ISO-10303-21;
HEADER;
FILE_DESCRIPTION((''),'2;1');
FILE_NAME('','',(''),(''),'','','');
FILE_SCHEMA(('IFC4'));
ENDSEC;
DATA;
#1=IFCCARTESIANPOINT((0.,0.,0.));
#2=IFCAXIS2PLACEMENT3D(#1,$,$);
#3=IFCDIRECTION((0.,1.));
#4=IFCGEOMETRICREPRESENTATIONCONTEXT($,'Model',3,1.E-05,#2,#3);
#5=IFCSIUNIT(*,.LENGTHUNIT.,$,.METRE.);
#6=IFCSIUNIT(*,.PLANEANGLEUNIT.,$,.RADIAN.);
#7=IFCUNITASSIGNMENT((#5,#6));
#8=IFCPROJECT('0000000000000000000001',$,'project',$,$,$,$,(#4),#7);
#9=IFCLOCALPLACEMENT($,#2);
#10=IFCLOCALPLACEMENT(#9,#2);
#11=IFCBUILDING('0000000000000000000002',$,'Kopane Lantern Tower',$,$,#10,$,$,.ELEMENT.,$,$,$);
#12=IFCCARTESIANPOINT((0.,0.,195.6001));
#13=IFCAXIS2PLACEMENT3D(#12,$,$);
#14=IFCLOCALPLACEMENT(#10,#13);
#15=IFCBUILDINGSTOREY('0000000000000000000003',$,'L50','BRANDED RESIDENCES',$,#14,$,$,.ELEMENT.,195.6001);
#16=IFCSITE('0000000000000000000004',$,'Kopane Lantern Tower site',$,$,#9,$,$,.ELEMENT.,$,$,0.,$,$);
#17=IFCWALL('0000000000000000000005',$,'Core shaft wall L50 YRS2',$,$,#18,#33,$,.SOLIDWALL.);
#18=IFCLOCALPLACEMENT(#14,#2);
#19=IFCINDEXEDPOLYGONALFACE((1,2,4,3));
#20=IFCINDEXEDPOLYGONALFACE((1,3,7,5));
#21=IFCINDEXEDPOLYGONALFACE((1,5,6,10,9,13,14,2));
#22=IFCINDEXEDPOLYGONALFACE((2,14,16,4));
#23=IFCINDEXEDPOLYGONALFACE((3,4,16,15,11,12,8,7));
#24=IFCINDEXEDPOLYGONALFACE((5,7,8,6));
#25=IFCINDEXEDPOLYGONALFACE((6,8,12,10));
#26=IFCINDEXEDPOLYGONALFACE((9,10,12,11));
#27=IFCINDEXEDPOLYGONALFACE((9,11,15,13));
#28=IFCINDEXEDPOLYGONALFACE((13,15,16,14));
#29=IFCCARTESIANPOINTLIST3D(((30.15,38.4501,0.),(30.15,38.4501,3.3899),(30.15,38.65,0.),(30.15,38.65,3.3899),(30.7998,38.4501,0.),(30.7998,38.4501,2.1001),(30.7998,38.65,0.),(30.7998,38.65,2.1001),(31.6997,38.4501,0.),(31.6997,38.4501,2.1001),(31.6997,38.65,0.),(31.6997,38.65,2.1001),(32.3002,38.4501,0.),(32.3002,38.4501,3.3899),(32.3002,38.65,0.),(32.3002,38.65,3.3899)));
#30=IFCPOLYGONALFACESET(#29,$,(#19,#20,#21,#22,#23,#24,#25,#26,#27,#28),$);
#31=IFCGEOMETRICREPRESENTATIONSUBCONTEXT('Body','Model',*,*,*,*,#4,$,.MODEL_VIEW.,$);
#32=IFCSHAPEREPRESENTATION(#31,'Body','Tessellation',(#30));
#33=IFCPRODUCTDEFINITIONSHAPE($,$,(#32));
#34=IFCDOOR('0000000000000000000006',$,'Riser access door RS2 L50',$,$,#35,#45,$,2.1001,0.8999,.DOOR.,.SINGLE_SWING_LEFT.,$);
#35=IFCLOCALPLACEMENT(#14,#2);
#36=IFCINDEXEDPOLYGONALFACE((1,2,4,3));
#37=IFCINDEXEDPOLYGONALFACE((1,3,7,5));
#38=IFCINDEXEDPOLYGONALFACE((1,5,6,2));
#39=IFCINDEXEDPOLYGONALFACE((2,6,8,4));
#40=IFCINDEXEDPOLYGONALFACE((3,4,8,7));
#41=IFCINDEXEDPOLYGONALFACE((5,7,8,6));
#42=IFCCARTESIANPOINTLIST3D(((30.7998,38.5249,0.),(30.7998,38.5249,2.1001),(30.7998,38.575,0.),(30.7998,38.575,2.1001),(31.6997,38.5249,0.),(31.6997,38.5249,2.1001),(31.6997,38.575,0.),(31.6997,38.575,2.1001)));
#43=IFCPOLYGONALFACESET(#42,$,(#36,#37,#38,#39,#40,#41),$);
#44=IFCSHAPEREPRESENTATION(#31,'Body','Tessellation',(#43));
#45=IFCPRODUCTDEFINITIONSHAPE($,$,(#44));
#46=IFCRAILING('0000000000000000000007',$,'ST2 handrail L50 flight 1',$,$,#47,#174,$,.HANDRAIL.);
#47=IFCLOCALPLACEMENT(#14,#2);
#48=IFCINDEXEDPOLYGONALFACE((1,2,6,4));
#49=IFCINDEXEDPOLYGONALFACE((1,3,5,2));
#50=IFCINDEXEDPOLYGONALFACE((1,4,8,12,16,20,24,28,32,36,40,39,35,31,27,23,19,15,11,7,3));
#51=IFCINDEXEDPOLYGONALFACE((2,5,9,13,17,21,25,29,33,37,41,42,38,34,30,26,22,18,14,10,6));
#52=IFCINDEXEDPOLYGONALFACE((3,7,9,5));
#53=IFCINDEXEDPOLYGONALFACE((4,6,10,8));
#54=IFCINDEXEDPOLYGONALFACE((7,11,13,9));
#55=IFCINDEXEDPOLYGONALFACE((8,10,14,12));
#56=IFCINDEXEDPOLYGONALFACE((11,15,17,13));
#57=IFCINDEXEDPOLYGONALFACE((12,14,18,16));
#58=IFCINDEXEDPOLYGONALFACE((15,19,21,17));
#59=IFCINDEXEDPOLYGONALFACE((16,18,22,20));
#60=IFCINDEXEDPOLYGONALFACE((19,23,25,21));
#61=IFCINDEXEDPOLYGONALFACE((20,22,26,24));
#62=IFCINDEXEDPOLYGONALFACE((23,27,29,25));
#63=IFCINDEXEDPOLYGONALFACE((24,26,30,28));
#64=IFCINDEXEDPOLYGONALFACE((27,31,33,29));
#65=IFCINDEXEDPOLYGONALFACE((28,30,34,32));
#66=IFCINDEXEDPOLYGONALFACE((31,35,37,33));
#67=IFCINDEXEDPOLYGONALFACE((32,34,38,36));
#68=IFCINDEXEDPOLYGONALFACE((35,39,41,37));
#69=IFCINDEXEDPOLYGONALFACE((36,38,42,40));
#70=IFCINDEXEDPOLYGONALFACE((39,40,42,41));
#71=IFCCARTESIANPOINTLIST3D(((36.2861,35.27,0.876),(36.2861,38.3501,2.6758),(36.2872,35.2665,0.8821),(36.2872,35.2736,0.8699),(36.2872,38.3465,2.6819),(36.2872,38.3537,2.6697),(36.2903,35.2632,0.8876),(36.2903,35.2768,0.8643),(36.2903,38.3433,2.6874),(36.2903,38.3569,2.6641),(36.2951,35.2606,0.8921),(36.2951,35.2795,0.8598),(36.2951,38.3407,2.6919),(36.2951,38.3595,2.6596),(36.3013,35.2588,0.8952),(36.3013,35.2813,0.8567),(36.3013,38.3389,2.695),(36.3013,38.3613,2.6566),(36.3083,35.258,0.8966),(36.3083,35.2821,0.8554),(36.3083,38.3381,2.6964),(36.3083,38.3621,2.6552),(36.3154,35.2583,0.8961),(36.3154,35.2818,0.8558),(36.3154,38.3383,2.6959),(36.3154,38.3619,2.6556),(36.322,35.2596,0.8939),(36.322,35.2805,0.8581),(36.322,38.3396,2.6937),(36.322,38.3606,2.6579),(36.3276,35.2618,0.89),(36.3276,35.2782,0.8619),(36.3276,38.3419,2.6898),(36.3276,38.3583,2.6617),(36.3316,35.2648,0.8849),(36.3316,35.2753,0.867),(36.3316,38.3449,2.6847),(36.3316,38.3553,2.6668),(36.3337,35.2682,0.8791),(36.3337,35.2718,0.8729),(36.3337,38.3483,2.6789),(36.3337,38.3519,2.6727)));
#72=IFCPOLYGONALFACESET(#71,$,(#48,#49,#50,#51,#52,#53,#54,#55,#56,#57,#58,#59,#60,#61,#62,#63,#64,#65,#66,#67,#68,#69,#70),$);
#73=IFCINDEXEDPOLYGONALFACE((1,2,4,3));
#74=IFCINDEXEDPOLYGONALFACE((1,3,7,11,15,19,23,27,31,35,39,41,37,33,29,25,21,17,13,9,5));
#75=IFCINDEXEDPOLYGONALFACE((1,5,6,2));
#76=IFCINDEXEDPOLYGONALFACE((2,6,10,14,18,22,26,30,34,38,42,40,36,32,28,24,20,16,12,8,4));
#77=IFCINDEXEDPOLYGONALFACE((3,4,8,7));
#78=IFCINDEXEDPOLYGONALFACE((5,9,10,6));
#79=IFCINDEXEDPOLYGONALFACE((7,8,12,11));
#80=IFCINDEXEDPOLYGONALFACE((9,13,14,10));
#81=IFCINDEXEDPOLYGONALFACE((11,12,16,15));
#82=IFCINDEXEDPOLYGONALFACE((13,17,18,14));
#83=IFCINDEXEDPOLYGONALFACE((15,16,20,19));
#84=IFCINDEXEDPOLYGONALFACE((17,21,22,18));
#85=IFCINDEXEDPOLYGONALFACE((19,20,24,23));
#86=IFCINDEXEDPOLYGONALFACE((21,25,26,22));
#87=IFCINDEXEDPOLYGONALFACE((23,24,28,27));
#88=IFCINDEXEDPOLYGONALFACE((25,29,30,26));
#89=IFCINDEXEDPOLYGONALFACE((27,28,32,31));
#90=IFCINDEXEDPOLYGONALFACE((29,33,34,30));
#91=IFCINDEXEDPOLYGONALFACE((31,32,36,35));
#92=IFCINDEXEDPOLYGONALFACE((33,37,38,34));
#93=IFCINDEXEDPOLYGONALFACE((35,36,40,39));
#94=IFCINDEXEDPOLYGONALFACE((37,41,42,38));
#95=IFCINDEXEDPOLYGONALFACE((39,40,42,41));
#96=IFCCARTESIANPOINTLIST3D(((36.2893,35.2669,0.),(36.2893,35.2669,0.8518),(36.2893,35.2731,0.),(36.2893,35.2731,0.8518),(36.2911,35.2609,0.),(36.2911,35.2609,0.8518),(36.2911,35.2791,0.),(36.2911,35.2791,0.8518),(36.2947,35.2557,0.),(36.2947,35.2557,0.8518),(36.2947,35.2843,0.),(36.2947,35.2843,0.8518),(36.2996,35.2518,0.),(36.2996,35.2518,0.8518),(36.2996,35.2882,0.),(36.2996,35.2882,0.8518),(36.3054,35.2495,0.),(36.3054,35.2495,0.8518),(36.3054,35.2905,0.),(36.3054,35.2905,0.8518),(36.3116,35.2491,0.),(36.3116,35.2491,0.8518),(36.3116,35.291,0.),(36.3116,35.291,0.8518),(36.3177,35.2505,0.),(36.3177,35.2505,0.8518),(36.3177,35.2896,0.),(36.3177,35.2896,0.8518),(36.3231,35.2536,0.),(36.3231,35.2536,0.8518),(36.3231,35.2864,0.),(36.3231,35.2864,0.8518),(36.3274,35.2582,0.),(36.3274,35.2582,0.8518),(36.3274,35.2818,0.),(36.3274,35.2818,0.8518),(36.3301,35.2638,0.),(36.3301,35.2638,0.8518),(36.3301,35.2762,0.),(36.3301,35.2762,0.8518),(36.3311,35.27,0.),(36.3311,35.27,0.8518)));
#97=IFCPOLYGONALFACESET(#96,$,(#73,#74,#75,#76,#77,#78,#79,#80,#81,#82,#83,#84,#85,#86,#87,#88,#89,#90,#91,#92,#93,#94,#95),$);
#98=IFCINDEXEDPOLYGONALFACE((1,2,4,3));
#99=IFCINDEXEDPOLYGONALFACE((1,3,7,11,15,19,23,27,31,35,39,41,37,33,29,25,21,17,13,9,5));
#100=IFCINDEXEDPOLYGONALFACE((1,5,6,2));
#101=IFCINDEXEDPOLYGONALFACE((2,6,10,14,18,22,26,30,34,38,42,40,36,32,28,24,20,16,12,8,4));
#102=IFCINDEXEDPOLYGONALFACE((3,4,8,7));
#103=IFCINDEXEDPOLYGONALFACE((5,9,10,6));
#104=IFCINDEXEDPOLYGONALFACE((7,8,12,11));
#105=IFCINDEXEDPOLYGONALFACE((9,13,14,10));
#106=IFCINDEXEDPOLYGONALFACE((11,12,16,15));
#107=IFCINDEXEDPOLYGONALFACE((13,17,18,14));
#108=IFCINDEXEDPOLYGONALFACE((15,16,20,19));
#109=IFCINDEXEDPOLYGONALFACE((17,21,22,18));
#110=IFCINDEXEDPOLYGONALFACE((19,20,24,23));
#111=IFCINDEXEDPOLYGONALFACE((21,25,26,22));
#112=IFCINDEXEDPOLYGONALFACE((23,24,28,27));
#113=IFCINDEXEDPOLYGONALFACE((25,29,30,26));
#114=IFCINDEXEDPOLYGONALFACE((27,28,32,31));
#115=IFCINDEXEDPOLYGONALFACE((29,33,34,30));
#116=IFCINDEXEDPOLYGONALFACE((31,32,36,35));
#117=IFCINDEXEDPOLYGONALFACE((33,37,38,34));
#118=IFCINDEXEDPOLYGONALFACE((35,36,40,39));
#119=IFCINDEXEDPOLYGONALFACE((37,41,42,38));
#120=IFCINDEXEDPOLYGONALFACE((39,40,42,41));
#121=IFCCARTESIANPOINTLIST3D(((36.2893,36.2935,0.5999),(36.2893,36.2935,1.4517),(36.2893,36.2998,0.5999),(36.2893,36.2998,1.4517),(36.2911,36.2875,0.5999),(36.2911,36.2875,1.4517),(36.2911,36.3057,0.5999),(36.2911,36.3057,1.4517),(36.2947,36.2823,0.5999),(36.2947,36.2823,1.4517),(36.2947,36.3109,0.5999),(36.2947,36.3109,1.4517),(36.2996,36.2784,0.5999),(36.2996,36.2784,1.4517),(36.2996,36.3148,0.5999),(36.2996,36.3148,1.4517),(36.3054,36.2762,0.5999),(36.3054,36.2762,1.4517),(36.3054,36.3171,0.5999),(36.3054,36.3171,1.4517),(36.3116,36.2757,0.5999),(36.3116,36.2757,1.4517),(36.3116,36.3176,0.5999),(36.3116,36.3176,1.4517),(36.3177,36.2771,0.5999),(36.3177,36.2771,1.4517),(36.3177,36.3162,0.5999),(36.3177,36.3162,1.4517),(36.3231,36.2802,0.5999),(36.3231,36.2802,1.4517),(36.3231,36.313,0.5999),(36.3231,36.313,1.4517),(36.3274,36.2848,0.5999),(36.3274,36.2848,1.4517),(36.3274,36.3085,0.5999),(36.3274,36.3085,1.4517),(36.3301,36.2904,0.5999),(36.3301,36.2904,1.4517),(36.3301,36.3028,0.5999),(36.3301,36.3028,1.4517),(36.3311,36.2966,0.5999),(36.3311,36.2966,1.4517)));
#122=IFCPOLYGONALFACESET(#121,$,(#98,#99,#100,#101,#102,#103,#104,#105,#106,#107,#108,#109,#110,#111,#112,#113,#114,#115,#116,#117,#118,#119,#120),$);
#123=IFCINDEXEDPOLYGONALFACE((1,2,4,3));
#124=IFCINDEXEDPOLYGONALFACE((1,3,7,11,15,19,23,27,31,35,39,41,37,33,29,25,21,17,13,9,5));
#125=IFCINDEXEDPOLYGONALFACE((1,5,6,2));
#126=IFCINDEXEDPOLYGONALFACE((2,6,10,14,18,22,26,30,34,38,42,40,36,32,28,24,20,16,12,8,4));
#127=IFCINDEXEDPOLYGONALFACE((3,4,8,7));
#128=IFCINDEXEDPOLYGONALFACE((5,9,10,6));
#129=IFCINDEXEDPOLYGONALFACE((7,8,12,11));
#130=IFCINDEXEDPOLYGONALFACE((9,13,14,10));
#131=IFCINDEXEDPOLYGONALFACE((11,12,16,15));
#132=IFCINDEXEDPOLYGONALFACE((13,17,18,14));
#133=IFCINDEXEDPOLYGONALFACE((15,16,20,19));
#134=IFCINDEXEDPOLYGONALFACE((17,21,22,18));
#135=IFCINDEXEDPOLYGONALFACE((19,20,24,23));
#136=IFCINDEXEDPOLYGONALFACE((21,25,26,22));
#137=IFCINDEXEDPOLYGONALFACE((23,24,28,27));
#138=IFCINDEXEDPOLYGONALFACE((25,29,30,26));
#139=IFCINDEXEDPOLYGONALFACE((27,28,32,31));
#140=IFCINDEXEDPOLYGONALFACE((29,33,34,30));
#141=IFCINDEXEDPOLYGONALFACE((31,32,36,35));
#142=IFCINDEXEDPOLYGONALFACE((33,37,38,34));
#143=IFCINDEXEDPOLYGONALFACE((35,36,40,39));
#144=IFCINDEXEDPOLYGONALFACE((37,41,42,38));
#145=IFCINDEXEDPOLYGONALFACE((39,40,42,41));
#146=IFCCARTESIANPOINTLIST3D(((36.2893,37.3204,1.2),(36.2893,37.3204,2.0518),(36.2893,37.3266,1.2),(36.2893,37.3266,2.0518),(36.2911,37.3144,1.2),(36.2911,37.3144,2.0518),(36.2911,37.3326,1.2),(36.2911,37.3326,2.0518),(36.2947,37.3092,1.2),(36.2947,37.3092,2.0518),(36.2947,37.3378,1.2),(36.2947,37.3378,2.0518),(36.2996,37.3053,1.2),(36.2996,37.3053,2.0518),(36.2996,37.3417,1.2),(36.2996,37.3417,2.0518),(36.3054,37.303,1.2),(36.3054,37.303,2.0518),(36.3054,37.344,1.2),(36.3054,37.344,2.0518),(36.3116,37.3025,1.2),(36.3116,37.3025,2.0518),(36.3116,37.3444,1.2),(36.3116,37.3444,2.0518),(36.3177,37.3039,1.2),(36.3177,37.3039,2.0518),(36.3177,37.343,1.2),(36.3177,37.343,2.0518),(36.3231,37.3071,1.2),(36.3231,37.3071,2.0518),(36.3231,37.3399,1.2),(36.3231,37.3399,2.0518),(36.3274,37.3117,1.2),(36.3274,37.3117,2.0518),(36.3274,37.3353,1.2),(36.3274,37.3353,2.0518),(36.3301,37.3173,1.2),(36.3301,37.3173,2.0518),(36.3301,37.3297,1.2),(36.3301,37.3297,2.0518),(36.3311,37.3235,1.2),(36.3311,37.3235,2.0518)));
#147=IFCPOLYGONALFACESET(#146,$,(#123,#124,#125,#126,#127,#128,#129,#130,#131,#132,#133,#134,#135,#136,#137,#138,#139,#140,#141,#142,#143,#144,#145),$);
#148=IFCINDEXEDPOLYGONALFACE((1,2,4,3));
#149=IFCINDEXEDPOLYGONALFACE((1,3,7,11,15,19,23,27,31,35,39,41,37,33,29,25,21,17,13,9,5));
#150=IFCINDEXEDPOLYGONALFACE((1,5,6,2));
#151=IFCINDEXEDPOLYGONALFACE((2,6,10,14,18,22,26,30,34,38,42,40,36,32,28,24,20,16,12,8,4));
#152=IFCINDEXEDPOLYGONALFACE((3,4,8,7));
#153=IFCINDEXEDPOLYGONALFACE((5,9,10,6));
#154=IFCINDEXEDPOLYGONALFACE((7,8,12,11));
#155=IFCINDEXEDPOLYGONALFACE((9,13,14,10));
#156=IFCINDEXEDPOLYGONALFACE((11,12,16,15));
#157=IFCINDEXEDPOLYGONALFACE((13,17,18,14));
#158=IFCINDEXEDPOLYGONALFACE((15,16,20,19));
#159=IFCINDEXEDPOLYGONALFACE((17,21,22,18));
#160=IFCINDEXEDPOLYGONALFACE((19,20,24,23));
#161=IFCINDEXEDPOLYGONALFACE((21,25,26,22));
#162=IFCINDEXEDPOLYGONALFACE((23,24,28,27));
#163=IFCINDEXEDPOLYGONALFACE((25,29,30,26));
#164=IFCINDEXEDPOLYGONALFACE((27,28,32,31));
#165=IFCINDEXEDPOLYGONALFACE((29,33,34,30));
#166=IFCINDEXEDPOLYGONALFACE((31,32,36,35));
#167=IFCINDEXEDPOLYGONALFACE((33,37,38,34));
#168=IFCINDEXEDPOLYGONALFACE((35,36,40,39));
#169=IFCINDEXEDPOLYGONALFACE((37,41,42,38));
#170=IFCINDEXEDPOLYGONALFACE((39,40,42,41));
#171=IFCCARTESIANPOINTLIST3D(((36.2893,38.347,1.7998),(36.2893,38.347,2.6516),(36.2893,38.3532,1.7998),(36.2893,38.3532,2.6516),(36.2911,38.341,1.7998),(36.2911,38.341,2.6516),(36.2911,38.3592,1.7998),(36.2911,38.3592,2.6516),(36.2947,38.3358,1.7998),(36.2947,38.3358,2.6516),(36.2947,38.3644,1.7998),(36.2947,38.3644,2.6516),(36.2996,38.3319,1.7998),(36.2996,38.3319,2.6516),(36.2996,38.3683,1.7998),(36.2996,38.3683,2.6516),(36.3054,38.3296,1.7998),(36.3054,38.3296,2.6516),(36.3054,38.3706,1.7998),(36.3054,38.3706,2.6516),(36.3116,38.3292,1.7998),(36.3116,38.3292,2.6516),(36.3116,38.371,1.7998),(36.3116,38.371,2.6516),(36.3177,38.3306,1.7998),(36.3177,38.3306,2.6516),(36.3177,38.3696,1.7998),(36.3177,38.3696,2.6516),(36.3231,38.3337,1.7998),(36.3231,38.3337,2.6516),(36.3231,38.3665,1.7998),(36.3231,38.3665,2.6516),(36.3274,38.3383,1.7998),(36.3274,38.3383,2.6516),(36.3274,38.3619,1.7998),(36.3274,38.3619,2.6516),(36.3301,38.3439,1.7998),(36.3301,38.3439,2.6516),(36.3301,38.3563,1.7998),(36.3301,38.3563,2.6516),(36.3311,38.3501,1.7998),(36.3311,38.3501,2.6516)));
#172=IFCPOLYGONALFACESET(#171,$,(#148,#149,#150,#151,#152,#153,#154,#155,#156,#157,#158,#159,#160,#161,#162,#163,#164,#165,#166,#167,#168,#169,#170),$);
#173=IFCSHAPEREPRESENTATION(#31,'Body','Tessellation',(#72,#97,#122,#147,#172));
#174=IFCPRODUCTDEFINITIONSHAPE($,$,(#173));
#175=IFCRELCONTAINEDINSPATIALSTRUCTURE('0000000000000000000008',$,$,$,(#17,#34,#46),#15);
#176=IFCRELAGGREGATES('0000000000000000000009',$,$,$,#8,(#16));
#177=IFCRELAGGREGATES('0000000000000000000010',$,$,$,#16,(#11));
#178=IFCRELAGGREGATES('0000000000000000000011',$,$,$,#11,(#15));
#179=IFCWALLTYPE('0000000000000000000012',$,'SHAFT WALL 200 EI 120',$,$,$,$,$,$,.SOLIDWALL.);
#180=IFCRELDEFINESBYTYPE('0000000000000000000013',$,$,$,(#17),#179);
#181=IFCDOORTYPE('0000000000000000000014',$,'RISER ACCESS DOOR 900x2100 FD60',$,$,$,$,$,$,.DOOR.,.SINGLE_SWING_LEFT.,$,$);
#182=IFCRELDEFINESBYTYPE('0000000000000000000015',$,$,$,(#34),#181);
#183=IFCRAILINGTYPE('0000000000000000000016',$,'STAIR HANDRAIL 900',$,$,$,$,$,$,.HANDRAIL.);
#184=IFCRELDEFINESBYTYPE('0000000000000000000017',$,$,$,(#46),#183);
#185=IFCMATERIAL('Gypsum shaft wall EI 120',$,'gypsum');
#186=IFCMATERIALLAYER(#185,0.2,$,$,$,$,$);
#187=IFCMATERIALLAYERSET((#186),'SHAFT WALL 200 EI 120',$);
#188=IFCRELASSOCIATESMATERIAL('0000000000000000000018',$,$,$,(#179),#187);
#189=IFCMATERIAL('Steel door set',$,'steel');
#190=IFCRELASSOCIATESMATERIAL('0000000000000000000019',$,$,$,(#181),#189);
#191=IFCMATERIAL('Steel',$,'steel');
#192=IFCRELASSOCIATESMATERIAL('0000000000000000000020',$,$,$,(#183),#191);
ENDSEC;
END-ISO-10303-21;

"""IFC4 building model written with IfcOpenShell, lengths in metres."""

from ifc_helpers import new_model, si_unit, direction, frame, frame_2d, origin, origin_2d, place, context, subcontext, project, spatial, rectangle, circle, extrude, material, layer, layer_set, type_object, element, fill, save


model = new_model("IFC4")

# Units and contexts
model_context = context("Model", 3, precision=1e-05, world=origin(), true_north=direction((0.0, 1.0)))
body_context = subcontext(model_context, "Body", "Model", "MODEL_VIEW")
ifc_project = project(units=[si_unit("LENGTHUNIT", "METRE"), si_unit("PLANEANGLEUNIT", "RADIAN")], contexts=[model_context])

# Site, building, storey
site_placement = place(None, origin())
site = spatial("IfcSite", under=ifc_project, at=site_placement, Name="Kopane Lantern Tower site", CompositionType="ELEMENT", RefElevation=0.0)
building_placement = place(site_placement, origin())
building = spatial("IfcBuilding", under=site, at=building_placement, Name="Kopane Lantern Tower", CompositionType="ELEMENT")
storey_placement = place(building_placement, frame((0.0, 0.0, 195.6001)))
storey = spatial("IfcBuildingStorey", under=building, at=storey_placement, Name="L50", Description="BRANDED RESIDENCES", CompositionType="ELEMENT", Elevation=195.6001)

# Shared definitions
ifc_material_1 = material(Name="Gypsum shaft wall EI 120", Category="gypsum")
ifc_layer_1 = layer(ifc_material_1, 0.2)
ifc_layer_set_1 = layer_set([ifc_layer_1], Name="SHAFT WALL 200 EI 120")
wall_type_1 = type_object("IfcWallType", Name="SHAFT WALL 200 EI 120", PredefinedType="SOLIDWALL", material=ifc_layer_set_1)

# Wall, opening, door
wall_1_placement = place(storey_placement, frame((30.1499, 38.55, 0.0), z_axis=(0.0, 0.0, 1.0), x_axis=(1.0, 0.0, 0.0)))
wall_1 = element("IfcWall", 1, at=wall_1_placement, inside=storey, type_object=wall_type_1, Name="Core shaft wall L50 YRS2", PredefinedType="SOLIDWALL", context=body_context, shape_type="SweptSolid", body=[
    extrude(rectangle(XDim=2.1501, YDim=0.2, at=frame_2d((1.0752, 0.0))), origin(), (0.0, 0.0, 1.0), 3.3899),
])
opening_1_placement = place(wall_1_placement, frame((0.6499, 0.0, 0.0)))
opening_1 = element("IfcOpeningElement", 2, at=opening_1_placement, cuts=wall_1, PredefinedType="OPENING", context=body_context, shape_type="SweptSolid", body=[
    extrude(rectangle(XDim=0.8999, YDim=2.1001, at=frame_2d((0.45, 1.05))), frame((0.0, 0.1099, 0.0), z_axis=(0.0, -1.0, 0.0), x_axis=(1.0, 0.0, 0.0)), (0.0, 0.0, 1.0), 0.22),
])
ifc_material_2 = material(Name="Steel door set", Category="steel")
door_type_1 = type_object("IfcDoorType", Name="RISER ACCESS DOOR 900x2100 FD60", OperationType="SINGLE_SWING_LEFT", PredefinedType="DOOR", material=ifc_material_2)
door_1_placement = place(opening_1_placement, origin())
door_1 = element("IfcDoor", 3, at=door_1_placement, inside=storey, type_object=door_type_1, Name="Riser access door RS2 L50", OperationType="SINGLE_SWING_LEFT", OverallHeight=2.1001, OverallWidth=0.8999, PredefinedType="DOOR", context=body_context, shape_type="SweptSolid", body=[
    extrude(rectangle(XDim=0.8999, YDim=2.1001, at=frame_2d((0.45, 1.05))), frame((0.0, 0.0249, 0.0), z_axis=(0.0, -1.0, 0.0), x_axis=(1.0, 0.0, 0.0)), (0.0, 0.0, 1.0), 0.05),
])
fill(opening_1, door_1)

# Railing
ifc_material_3 = material(Name="Steel", Category="steel")
railing_type_1 = type_object("IfcRailingType", Name="STAIR HANDRAIL 900", PredefinedType="HANDRAIL", material=ifc_material_3)
for number, where, name in (
    (4, (36.3101, 35.27, 0.0), "ST2 handrail L50 flight 1"),
):
    element("IfcRailing", number, at=place(storey_placement, frame(where)), inside=storey, type_object=railing_type_1, Name=name, PredefinedType="HANDRAIL", context=body_context, shape_type="SweptSolid", body=[
        extrude(circle(Radius=0.0239, at=origin_2d()), frame((0.0, 0.0, 0.876), z_axis=(0.0, 0.863401, 0.504518), x_axis=(-1.0, 0.0, 0.0)), (0.0, 0.0, 1.0), 3.5674),
        extrude(circle(Radius=0.021, at=origin_2d()), origin(), (0.0, 0.0, 1.0), 0.8518),
        extrude(circle(Radius=0.021, at=origin_2d()), frame((0.0, 1.0266, 0.5999)), (0.0, 0.0, 1.0), 0.8518),
        extrude(circle(Radius=0.021, at=origin_2d()), frame((0.0, 2.0535, 1.2)), (0.0, 0.0, 1.0), 0.8518),
        extrude(circle(Radius=0.021, at=origin_2d()), frame((0.0, 3.0801, 1.7998)), (0.0, 0.0, 1.0), 0.8518),
    ])

save(model, "model.ifc")
